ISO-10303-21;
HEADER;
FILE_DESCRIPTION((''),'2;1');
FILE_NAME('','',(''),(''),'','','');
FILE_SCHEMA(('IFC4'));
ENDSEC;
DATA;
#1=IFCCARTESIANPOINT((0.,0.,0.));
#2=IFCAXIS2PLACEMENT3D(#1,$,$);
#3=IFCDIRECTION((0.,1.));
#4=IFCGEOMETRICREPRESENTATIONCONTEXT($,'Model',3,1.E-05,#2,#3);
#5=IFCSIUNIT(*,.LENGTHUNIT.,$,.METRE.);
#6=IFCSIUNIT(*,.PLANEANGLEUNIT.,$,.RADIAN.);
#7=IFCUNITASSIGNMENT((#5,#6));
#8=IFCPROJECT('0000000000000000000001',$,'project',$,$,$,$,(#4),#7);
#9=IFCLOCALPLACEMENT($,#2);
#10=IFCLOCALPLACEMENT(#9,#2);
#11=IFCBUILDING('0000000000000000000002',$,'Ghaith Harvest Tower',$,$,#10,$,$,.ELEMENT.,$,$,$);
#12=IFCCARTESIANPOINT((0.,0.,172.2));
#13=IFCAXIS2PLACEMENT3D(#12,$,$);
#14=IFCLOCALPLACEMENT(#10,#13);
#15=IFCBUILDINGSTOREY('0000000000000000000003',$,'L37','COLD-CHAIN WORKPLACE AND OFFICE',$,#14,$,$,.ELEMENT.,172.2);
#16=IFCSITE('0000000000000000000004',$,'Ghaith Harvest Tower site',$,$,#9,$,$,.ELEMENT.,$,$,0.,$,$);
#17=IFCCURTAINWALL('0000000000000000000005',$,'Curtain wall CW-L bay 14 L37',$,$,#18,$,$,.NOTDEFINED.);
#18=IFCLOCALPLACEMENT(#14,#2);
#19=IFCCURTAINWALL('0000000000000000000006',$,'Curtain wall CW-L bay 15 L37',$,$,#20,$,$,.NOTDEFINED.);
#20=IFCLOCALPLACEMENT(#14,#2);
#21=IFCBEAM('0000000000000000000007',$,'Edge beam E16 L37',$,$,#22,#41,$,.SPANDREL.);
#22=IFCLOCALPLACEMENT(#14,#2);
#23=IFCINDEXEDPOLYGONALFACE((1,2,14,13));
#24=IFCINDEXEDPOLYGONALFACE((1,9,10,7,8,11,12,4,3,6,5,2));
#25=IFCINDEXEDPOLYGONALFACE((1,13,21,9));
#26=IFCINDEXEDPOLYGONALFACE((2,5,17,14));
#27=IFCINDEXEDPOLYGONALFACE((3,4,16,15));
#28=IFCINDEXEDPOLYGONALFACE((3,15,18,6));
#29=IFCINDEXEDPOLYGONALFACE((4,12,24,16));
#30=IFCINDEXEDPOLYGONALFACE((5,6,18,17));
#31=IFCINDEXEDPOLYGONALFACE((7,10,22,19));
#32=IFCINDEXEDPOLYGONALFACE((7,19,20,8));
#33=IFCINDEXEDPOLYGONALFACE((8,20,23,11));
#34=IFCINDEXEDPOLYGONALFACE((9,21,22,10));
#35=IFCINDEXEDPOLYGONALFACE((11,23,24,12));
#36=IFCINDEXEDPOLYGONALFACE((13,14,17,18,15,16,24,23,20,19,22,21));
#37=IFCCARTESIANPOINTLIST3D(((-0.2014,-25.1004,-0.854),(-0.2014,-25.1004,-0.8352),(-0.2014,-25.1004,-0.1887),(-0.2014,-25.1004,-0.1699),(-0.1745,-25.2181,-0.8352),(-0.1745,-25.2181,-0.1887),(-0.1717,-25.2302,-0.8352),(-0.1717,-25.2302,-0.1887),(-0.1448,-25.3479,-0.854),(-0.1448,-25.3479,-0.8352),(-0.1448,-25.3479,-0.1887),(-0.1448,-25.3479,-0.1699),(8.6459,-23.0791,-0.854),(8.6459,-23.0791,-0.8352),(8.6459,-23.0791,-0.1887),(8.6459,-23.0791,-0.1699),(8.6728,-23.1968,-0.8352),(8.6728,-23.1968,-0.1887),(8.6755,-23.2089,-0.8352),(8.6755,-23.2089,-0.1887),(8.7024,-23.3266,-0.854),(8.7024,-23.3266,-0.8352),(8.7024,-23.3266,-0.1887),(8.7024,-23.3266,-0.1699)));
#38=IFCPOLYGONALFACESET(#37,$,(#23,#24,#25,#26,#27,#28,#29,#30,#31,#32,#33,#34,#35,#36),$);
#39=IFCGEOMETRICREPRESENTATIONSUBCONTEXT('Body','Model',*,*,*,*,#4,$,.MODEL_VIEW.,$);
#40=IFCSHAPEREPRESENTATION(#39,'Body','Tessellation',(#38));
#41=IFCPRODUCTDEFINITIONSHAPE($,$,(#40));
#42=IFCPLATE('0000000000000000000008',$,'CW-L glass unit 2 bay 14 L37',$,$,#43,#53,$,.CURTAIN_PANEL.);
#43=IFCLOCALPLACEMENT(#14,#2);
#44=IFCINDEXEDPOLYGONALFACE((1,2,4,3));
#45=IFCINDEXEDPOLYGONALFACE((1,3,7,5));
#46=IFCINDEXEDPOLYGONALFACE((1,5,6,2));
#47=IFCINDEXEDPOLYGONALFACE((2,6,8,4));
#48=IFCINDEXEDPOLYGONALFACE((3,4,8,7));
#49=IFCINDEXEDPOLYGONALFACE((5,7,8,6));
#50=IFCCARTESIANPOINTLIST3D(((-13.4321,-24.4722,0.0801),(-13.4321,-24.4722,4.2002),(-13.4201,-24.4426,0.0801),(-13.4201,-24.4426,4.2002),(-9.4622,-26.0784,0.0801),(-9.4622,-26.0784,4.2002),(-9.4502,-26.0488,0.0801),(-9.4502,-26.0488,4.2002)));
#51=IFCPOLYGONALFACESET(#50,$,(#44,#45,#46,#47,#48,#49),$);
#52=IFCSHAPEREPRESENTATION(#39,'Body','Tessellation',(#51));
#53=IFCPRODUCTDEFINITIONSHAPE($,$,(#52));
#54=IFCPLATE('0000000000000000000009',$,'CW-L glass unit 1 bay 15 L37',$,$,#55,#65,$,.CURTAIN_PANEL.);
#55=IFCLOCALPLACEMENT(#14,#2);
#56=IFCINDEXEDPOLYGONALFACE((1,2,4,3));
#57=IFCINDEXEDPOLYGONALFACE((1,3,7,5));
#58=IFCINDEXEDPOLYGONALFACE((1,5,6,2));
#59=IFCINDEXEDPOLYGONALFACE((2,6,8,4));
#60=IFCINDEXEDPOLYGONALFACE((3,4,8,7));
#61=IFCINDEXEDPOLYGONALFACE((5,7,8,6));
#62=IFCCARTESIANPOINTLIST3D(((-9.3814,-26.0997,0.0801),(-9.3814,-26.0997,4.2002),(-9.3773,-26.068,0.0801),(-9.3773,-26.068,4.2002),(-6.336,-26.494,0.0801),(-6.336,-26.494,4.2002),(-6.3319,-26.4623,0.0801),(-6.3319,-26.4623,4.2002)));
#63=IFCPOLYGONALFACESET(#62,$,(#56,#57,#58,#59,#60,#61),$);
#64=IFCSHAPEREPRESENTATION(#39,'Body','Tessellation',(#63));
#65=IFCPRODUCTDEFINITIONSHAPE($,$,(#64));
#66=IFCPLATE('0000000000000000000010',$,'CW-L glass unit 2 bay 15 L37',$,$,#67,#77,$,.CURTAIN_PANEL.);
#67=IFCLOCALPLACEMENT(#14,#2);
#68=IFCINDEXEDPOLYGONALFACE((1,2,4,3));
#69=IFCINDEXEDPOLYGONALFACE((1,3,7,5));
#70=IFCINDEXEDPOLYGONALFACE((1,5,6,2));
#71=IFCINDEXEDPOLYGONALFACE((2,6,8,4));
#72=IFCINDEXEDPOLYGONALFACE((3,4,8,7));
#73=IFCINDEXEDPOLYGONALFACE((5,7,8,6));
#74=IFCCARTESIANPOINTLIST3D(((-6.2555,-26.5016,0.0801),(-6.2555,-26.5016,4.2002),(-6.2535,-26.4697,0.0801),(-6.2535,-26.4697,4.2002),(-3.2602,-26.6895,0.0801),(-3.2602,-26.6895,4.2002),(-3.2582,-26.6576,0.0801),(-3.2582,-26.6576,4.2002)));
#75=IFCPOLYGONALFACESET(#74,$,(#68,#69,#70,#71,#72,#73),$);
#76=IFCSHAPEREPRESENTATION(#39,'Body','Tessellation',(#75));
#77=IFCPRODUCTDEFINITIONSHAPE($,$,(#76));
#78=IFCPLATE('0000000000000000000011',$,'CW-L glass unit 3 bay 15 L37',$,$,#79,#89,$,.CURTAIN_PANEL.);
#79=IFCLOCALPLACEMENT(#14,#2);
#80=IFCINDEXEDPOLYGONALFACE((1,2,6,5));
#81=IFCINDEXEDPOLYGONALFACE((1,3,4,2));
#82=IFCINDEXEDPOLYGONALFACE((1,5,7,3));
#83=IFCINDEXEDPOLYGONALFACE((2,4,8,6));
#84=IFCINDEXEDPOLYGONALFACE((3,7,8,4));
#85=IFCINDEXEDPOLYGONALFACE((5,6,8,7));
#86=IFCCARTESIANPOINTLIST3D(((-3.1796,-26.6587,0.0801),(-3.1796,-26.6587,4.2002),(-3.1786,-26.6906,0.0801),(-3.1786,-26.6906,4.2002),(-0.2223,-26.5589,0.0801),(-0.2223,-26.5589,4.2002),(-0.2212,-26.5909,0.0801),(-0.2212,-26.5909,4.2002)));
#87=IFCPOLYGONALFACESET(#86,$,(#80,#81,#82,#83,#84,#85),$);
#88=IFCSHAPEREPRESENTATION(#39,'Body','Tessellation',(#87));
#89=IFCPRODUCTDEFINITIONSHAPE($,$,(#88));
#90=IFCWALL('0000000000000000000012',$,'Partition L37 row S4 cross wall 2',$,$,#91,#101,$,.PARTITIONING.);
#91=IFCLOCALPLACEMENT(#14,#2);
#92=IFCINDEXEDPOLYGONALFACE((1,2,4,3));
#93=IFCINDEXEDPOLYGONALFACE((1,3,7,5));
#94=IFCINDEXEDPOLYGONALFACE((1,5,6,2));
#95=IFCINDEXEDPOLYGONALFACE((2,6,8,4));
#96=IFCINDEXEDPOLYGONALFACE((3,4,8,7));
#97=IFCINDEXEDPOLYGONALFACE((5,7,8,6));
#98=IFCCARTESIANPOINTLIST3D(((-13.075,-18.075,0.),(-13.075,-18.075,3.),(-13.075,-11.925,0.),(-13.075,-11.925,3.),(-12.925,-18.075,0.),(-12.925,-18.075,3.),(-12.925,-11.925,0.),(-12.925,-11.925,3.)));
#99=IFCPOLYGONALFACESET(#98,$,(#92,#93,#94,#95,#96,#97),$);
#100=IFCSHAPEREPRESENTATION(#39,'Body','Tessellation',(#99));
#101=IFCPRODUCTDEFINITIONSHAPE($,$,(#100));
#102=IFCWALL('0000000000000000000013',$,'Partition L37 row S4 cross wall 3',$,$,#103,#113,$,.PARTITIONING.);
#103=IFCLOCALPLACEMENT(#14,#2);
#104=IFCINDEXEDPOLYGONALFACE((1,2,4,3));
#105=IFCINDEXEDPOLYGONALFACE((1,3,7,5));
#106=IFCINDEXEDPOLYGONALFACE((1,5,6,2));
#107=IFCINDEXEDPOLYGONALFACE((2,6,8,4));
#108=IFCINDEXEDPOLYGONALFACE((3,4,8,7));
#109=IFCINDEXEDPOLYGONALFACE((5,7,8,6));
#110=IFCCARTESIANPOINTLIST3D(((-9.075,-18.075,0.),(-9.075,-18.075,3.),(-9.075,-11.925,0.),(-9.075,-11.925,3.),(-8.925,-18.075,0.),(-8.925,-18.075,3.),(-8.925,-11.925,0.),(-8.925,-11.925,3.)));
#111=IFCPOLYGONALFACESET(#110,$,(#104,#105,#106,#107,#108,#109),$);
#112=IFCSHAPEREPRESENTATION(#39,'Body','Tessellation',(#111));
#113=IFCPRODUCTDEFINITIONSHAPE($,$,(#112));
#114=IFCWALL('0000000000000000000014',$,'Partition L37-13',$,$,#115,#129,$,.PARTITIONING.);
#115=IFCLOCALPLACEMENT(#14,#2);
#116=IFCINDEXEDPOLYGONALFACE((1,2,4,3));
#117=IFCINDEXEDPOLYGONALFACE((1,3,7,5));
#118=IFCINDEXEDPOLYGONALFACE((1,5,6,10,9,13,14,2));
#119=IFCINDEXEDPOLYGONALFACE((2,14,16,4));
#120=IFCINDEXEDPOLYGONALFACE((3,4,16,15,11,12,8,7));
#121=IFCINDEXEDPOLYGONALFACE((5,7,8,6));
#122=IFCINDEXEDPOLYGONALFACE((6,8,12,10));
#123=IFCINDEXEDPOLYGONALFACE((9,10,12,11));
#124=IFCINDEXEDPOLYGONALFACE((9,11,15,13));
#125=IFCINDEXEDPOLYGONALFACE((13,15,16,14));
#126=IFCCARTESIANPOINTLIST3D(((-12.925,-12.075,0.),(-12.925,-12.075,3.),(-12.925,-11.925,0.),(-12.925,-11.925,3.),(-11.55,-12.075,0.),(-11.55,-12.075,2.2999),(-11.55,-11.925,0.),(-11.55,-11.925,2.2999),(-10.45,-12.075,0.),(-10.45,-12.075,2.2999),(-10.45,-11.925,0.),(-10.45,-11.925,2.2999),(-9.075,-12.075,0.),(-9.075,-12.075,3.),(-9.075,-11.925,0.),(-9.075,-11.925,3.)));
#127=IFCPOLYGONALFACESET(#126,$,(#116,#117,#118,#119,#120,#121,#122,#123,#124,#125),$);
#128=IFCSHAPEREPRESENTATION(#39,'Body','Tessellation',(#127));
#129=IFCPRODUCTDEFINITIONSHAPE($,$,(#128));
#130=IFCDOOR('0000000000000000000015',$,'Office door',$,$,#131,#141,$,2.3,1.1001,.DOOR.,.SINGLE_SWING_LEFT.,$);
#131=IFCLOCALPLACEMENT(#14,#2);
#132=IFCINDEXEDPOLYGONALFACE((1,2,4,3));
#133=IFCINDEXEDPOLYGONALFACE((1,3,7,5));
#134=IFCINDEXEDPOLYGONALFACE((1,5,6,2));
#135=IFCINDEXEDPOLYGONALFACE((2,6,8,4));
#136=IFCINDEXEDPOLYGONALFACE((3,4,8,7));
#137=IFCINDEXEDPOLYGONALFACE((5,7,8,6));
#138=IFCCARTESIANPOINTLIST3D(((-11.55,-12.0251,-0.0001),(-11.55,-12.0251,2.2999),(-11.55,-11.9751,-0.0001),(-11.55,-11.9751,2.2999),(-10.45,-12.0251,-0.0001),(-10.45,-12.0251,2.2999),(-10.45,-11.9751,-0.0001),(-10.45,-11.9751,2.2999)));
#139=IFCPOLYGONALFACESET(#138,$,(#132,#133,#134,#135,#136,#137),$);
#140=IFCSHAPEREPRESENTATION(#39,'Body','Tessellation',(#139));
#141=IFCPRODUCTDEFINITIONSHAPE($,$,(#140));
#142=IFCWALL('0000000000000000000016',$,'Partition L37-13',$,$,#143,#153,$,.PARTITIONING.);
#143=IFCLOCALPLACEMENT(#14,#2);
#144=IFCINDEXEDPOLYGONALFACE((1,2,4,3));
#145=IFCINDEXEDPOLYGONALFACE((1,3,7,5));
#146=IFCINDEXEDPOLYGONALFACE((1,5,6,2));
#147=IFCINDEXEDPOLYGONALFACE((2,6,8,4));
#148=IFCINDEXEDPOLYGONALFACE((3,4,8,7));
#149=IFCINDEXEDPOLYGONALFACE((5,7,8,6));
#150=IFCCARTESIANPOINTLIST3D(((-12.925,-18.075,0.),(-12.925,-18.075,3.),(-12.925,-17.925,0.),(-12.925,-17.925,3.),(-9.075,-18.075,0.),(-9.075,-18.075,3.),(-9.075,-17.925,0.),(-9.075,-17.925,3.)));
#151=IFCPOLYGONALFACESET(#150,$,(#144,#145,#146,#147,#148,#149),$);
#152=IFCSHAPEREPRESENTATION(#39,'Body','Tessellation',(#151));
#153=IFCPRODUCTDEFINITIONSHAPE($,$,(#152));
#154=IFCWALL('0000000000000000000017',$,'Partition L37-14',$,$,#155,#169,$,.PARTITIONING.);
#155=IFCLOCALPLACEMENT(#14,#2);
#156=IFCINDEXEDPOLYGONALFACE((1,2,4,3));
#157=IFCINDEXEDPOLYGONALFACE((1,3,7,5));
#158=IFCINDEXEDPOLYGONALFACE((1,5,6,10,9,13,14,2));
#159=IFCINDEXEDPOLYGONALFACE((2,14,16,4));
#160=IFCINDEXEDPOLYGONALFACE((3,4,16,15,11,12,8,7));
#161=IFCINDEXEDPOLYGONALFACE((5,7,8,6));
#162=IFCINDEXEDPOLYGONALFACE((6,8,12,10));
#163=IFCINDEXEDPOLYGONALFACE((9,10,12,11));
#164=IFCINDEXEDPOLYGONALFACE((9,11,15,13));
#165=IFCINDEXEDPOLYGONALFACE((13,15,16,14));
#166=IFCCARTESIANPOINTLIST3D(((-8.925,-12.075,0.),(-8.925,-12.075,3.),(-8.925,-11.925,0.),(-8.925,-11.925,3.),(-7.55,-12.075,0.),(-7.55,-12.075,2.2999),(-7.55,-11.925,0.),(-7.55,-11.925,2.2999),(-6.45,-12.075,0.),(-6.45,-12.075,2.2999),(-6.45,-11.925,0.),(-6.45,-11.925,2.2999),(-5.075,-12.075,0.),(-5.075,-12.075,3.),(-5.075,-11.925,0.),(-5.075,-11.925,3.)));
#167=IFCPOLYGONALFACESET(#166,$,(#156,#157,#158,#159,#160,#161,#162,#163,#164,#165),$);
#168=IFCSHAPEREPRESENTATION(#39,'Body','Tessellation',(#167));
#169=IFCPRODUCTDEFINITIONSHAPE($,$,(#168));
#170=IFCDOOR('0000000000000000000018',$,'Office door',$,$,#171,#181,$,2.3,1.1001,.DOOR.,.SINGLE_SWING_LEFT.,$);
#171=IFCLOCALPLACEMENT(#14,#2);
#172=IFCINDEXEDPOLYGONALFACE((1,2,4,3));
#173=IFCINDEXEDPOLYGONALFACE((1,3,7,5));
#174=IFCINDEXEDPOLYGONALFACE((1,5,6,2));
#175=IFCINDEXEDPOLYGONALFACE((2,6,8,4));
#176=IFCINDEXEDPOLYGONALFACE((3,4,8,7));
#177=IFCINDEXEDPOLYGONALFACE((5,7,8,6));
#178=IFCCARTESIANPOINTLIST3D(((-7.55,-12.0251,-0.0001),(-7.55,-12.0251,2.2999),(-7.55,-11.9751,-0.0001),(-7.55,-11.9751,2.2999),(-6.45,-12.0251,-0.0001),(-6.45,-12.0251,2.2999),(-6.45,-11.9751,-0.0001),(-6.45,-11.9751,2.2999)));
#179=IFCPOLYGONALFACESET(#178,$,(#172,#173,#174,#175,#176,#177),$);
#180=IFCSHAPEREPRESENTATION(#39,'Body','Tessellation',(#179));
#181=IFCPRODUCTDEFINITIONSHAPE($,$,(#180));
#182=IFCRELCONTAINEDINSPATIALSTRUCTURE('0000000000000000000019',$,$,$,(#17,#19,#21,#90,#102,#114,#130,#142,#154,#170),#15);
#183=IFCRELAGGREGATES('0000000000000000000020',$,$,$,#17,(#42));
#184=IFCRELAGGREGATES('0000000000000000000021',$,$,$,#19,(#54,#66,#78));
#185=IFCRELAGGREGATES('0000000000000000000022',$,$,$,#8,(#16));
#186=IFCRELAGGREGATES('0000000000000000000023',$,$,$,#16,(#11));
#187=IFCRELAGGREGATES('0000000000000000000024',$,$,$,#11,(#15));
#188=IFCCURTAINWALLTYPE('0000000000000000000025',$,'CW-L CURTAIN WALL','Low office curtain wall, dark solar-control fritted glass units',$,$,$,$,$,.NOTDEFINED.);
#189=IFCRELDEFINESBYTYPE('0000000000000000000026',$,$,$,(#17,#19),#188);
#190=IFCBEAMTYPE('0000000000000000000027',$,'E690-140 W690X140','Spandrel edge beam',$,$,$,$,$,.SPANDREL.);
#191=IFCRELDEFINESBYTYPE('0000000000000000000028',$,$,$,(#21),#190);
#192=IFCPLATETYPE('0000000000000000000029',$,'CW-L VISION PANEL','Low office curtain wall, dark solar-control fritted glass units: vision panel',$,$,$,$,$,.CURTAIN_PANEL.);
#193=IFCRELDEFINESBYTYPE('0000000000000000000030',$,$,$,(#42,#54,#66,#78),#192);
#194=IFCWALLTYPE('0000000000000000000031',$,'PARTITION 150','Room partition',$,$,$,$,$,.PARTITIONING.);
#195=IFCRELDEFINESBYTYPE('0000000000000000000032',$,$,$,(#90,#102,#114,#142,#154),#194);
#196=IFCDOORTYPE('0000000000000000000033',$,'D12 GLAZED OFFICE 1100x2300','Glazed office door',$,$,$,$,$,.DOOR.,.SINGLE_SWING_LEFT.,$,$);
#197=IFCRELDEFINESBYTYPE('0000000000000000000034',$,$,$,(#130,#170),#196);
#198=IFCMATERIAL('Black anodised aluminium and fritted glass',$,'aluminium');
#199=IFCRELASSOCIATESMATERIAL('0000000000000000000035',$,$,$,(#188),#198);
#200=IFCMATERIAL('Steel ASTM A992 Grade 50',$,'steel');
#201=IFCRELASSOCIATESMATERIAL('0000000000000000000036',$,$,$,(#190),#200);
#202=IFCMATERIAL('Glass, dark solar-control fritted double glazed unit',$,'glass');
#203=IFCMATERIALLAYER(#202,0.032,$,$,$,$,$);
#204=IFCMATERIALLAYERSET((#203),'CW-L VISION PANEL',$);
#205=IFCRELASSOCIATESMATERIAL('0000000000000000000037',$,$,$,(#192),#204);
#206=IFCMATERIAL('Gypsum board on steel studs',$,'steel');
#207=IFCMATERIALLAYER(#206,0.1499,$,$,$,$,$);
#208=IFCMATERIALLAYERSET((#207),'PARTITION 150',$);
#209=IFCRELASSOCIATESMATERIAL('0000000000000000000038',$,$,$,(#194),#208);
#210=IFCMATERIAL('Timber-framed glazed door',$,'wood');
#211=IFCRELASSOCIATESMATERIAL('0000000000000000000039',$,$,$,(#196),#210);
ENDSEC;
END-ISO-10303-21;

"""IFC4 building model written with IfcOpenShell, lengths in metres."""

from ifc_helpers import new_model, si_unit, direction, frame, frame_2d, origin, origin_2d, place, context, subcontext, project, spatial, rectangle, i_section, extrude, material, layer, layer_set, material_profile, profile_set, type_object, element, fill, aggregate, save


model = new_model("IFC4")

# Units and contexts
model_context = context("Model", 3, precision=1e-05, world=origin(), true_north=direction((0.0, 1.0)))
body_context = subcontext(model_context, "Body", "Model", "MODEL_VIEW")
ifc_project = project(units=[si_unit("LENGTHUNIT", "METRE"), si_unit("PLANEANGLEUNIT", "RADIAN")], contexts=[model_context])

# Site, building, storey
site_placement = place(None, origin())
site = spatial("IfcSite", under=ifc_project, at=site_placement, Name="Ghaith Harvest Tower site", CompositionType="ELEMENT", RefElevation=0.0)
building_placement = place(site_placement, origin())
building = spatial("IfcBuilding", under=site, at=building_placement, Name="Ghaith Harvest Tower", CompositionType="ELEMENT")
storey_placement = place(building_placement, frame((0.0, 0.0, 172.2)))
storey = spatial("IfcBuildingStorey", under=building, at=storey_placement, Name="L37", Description="COLD-CHAIN WORKPLACE AND OFFICE", CompositionType="ELEMENT", Elevation=172.2)

# Curtain wall
ifc_material_1 = material(Name="Black anodised aluminium and fritted glass", Category="aluminium")
curtain_wall_type = type_object("IfcCurtainWallType", Name="CW-L CURTAIN WALL", Description="Low office curtain wall, dark solar-control fritted glass units", PredefinedType="NOTDEFINED", material=ifc_material_1)
curtain_wall_1_placement = place(storey_placement, origin())
curtain_wall_1 = element("IfcCurtainWall", 1, at=curtain_wall_1_placement, inside=storey, type_object=curtain_wall_type, Name="Curtain wall CW-L bay 14 L37", PredefinedType="NOTDEFINED")

# Curtain wall
curtain_wall_2_placement = place(storey_placement, origin())
curtain_wall_2 = element("IfcCurtainWall", 2, at=curtain_wall_2_placement, inside=storey, type_object=curtain_wall_type, Name="Curtain wall CW-L bay 15 L37", PredefinedType="NOTDEFINED")

# Beam
ifc_material_2 = material(Name="Steel ASTM A992 Grade 50", Category="steel")
ifc_material_profile_1 = material_profile(ifc_material_2, i_section(OverallWidth=0.2539, OverallDepth=0.6841, WebThickness=0.0125, FlangeThickness=0.0188, at=origin_2d()), Name="W690X140")
ifc_profile_set_1 = profile_set([ifc_material_profile_1], Name="Steel ASTM A992 Grade 50")
beam_type = type_object("IfcBeamType", Name="E690-140 W690X140", Description="Spandrel edge beam", PredefinedType="SPANDREL", material=ifc_profile_set_1)
beam_1_placement = place(storey_placement, frame((-0.1731, -25.2241, -0.512), z_axis=(0.974882, 0.222723, 0.0), x_axis=(-0.222723, 0.974882, 0.0)))
element("IfcBeam", 3, at=beam_1_placement, inside=storey, type_object=beam_type, Name="Edge beam E16 L37", PredefinedType="SPANDREL", context=body_context, shape_type="SweptSolid", body=[
    extrude(i_section(OverallWidth=0.2539, OverallDepth=0.6841, WebThickness=0.0125, FlangeThickness=0.0188, at=origin_2d()), origin(), (0.0, 0.0, 1.0), 9.0752),
])

# Plates
ifc_material_3 = material(Name="Glass, dark solar-control fritted double glazed unit", Category="glass")
ifc_layer_1 = layer(ifc_material_3, 0.032)
ifc_layer_set_1 = layer_set([ifc_layer_1], Name="CW-L VISION PANEL")
plate_type = type_object("IfcPlateType", Name="CW-L VISION PANEL", Description="Low office curtain wall, dark solar-control fritted glass units: vision panel", PredefinedType="CURTAIN_PANEL", material=ifc_layer_set_1)
plate_1_placement = place(storey_placement, frame((-11.4412, -25.2605, 0.0801), z_axis=(0.0, 0.0, 1.0), x_axis=(0.927003, -0.375055, 0.0)))
plate_1 = element("IfcPlate", 4, at=plate_1_placement, type_object=plate_type, Name="CW-L glass unit 2 bay 14 L37", PredefinedType="CURTAIN_PANEL", context=body_context, shape_type="SweptSolid", body=[
    extrude(rectangle(XDim=4.2825, YDim=0.032, at=origin_2d()), origin(), (0.0, 0.0, 1.0), 4.1201),
])
aggregate(curtain_wall_1, [plate_1])
plate_2_placement = place(storey_placement, frame((-7.8567, -26.281, 0.0801), z_axis=(0.0, 0.0, 1.0), x_axis=(0.991723, -0.128392, 0.0)))
plate_2 = element("IfcPlate", 5, at=plate_2_placement, type_object=plate_type, Name="CW-L glass unit 1 bay 15 L37", PredefinedType="CURTAIN_PANEL", context=body_context, shape_type="SweptSolid", body=[
    extrude(rectangle(XDim=3.0708, YDim=0.032, at=origin_2d()), origin(), (0.0, 0.0, 1.0), 4.1201),
])
plate_3_placement = place(storey_placement, frame((-4.7568, -26.5796, 0.0801), z_axis=(0.0, 0.0, 1.0), x_axis=(0.998038, -0.062607, 0.0)))
plate_3 = element("IfcPlate", 6, at=plate_3_placement, type_object=plate_type, Name="CW-L glass unit 2 bay 15 L37", PredefinedType="CURTAIN_PANEL", context=body_context, shape_type="SweptSolid", body=[
    extrude(rectangle(XDim=3.0012, YDim=0.032, at=origin_2d()), origin(), (0.0, 0.0, 1.0), 4.1201),
])
plate_4_placement = place(storey_placement, frame((-1.7004, -26.6248, 0.0801), z_axis=(0.0, 0.0, 1.0), x_axis=(0.999432, 0.033714, 0.0)))
plate_4 = element("IfcPlate", 7, at=plate_4_placement, type_object=plate_type, Name="CW-L glass unit 3 bay 15 L37", PredefinedType="CURTAIN_PANEL", context=body_context, shape_type="SweptSolid", body=[
    extrude(rectangle(XDim=2.959, YDim=0.032, at=origin_2d()), origin(), (0.0, 0.0, 1.0), 4.1201),
])
aggregate(curtain_wall_2, [plate_2, plate_3, plate_4])

# Walls
ifc_material_4 = material(Name="Gypsum board on steel studs", Category="steel")
ifc_layer_2 = layer(ifc_material_4, 0.1499)
ifc_layer_set_2 = layer_set([ifc_layer_2], Name="PARTITION 150")
wall_type = type_object("IfcWallType", Name="PARTITION 150", Description="Room partition", PredefinedType="PARTITIONING", material=ifc_layer_set_2)
for number, where, z_axis, x_axis, name in (
    (8, (-13.0, -11.925, 0.0), (0.0, 0.0, 1.0), (0.0, -1.0, 0.0), "Partition L37 row S4 cross wall 2"),
    (9, (-9.0, -11.925, 0.0), (0.0, 0.0, 1.0), (0.0, -1.0, 0.0), "Partition L37 row S4 cross wall 3"),
):
    element("IfcWall", number, at=place(storey_placement, frame(where, z_axis=z_axis, x_axis=x_axis)), inside=storey, type_object=wall_type, Name=name, PredefinedType="PARTITIONING", context=body_context, shape_type="SweptSolid", body=[
        extrude(rectangle(XDim=6.1499, YDim=0.1499, at=frame_2d((3.075, 0.0))), origin(), (0.0, 0.0, 1.0), 3.0),
    ])

# Wall, opening, door
wall_1_placement = place(storey_placement, frame((-12.925, -12.0, 0.0), z_axis=(0.0, 0.0, 1.0), x_axis=(1.0, 0.0, 0.0)))
wall_1 = element("IfcWall", 10, at=wall_1_placement, inside=storey, type_object=wall_type, Name="Partition L37-13", PredefinedType="PARTITIONING", context=body_context, shape_type="SweptSolid", body=[
    extrude(rectangle(XDim=3.8501, YDim=0.1499, at=frame_2d((1.925, 0.0))), origin(), (0.0, 0.0, 1.0), 3.0),
])
opening_1_placement = place(wall_1_placement, frame((1.375, 0.0, 0.0)))
opening_1 = element("IfcOpeningElement", 11, at=opening_1_placement, cuts=wall_1, PredefinedType="OPENING", context=body_context, shape_type="SweptSolid", body=[
    extrude(rectangle(XDim=1.1001, YDim=2.3, at=frame_2d((0.55, 1.1499))), frame((0.0, 0.085, 0.0), z_axis=(0.0, -1.0, 0.0), x_axis=(1.0, 0.0, 0.0)), (0.0, 0.0, 1.0), 0.1699),
])
ifc_material_5 = material(Name="Timber-framed glazed door", Category="wood")
door_type_1 = type_object("IfcDoorType", Name="D12 GLAZED OFFICE 1100x2300", Description="Glazed office door", OperationType="SINGLE_SWING_LEFT", PredefinedType="DOOR", material=ifc_material_5)
door_1_placement = place(opening_1_placement, origin())
door_1 = element("IfcDoor", 12, at=door_1_placement, inside=storey, type_object=door_type_1, Name="Office door", OperationType="SINGLE_SWING_LEFT", OverallHeight=2.3, OverallWidth=1.1001, PredefinedType="DOOR", context=body_context, shape_type="SweptSolid", body=[
    extrude(rectangle(XDim=1.1001, YDim=2.3, at=frame_2d((0.55, 1.1499))), frame((0.0, 0.0249, 0.0), z_axis=(0.0, -1.0, 0.0), x_axis=(1.0, 0.0, 0.0)), (0.0, 0.0, 1.0), 0.05),
])
fill(opening_1, door_1)

# Wall
wall_2_placement = place(storey_placement, frame((-12.925, -18.0, 0.0), z_axis=(0.0, 0.0, 1.0), x_axis=(1.0, 0.0, 0.0)))
element("IfcWall", 13, at=wall_2_placement, inside=storey, type_object=wall_type, Name="Partition L37-13", PredefinedType="PARTITIONING", context=body_context, shape_type="SweptSolid", body=[
    extrude(rectangle(XDim=3.8501, YDim=0.1499, at=frame_2d((1.925, 0.0))), origin(), (0.0, 0.0, 1.0), 3.0),
])

# Wall, opening, door
wall_3_placement = place(storey_placement, frame((-8.925, -12.0, 0.0), z_axis=(0.0, 0.0, 1.0), x_axis=(1.0, 0.0, 0.0)))
wall_3 = element("IfcWall", 14, at=wall_3_placement, inside=storey, type_object=wall_type, Name="Partition L37-14", PredefinedType="PARTITIONING", context=body_context, shape_type="SweptSolid", body=[
    extrude(rectangle(XDim=3.8501, YDim=0.1499, at=frame_2d((1.925, 0.0))), origin(), (0.0, 0.0, 1.0), 3.0),
])
opening_2_placement = place(wall_3_placement, frame((1.375, 0.0, 0.0)))
opening_2 = element("IfcOpeningElement", 15, at=opening_2_placement, cuts=wall_3, PredefinedType="OPENING", context=body_context, shape_type="SweptSolid", body=[
    extrude(rectangle(XDim=1.1001, YDim=2.3, at=frame_2d((0.55, 1.1499))), frame((0.0, 0.085, 0.0), z_axis=(0.0, -1.0, 0.0), x_axis=(1.0, 0.0, 0.0)), (0.0, 0.0, 1.0), 0.1699),
])
door_2_placement = place(opening_2_placement, origin())
door_2 = element("IfcDoor", 16, at=door_2_placement, inside=storey, type_object=door_type_1, Name="Office door", OperationType="SINGLE_SWING_LEFT", OverallHeight=2.3, OverallWidth=1.1001, PredefinedType="DOOR", context=body_context, shape_type="SweptSolid", body=[
    extrude(rectangle(XDim=1.1001, YDim=2.3, at=frame_2d((0.55, 1.1499))), frame((0.0, 0.0249, 0.0), z_axis=(0.0, -1.0, 0.0), x_axis=(1.0, 0.0, 0.0)), (0.0, 0.0, 1.0), 0.05),
])
fill(opening_2, door_2)

save(model, "model.ifc")
